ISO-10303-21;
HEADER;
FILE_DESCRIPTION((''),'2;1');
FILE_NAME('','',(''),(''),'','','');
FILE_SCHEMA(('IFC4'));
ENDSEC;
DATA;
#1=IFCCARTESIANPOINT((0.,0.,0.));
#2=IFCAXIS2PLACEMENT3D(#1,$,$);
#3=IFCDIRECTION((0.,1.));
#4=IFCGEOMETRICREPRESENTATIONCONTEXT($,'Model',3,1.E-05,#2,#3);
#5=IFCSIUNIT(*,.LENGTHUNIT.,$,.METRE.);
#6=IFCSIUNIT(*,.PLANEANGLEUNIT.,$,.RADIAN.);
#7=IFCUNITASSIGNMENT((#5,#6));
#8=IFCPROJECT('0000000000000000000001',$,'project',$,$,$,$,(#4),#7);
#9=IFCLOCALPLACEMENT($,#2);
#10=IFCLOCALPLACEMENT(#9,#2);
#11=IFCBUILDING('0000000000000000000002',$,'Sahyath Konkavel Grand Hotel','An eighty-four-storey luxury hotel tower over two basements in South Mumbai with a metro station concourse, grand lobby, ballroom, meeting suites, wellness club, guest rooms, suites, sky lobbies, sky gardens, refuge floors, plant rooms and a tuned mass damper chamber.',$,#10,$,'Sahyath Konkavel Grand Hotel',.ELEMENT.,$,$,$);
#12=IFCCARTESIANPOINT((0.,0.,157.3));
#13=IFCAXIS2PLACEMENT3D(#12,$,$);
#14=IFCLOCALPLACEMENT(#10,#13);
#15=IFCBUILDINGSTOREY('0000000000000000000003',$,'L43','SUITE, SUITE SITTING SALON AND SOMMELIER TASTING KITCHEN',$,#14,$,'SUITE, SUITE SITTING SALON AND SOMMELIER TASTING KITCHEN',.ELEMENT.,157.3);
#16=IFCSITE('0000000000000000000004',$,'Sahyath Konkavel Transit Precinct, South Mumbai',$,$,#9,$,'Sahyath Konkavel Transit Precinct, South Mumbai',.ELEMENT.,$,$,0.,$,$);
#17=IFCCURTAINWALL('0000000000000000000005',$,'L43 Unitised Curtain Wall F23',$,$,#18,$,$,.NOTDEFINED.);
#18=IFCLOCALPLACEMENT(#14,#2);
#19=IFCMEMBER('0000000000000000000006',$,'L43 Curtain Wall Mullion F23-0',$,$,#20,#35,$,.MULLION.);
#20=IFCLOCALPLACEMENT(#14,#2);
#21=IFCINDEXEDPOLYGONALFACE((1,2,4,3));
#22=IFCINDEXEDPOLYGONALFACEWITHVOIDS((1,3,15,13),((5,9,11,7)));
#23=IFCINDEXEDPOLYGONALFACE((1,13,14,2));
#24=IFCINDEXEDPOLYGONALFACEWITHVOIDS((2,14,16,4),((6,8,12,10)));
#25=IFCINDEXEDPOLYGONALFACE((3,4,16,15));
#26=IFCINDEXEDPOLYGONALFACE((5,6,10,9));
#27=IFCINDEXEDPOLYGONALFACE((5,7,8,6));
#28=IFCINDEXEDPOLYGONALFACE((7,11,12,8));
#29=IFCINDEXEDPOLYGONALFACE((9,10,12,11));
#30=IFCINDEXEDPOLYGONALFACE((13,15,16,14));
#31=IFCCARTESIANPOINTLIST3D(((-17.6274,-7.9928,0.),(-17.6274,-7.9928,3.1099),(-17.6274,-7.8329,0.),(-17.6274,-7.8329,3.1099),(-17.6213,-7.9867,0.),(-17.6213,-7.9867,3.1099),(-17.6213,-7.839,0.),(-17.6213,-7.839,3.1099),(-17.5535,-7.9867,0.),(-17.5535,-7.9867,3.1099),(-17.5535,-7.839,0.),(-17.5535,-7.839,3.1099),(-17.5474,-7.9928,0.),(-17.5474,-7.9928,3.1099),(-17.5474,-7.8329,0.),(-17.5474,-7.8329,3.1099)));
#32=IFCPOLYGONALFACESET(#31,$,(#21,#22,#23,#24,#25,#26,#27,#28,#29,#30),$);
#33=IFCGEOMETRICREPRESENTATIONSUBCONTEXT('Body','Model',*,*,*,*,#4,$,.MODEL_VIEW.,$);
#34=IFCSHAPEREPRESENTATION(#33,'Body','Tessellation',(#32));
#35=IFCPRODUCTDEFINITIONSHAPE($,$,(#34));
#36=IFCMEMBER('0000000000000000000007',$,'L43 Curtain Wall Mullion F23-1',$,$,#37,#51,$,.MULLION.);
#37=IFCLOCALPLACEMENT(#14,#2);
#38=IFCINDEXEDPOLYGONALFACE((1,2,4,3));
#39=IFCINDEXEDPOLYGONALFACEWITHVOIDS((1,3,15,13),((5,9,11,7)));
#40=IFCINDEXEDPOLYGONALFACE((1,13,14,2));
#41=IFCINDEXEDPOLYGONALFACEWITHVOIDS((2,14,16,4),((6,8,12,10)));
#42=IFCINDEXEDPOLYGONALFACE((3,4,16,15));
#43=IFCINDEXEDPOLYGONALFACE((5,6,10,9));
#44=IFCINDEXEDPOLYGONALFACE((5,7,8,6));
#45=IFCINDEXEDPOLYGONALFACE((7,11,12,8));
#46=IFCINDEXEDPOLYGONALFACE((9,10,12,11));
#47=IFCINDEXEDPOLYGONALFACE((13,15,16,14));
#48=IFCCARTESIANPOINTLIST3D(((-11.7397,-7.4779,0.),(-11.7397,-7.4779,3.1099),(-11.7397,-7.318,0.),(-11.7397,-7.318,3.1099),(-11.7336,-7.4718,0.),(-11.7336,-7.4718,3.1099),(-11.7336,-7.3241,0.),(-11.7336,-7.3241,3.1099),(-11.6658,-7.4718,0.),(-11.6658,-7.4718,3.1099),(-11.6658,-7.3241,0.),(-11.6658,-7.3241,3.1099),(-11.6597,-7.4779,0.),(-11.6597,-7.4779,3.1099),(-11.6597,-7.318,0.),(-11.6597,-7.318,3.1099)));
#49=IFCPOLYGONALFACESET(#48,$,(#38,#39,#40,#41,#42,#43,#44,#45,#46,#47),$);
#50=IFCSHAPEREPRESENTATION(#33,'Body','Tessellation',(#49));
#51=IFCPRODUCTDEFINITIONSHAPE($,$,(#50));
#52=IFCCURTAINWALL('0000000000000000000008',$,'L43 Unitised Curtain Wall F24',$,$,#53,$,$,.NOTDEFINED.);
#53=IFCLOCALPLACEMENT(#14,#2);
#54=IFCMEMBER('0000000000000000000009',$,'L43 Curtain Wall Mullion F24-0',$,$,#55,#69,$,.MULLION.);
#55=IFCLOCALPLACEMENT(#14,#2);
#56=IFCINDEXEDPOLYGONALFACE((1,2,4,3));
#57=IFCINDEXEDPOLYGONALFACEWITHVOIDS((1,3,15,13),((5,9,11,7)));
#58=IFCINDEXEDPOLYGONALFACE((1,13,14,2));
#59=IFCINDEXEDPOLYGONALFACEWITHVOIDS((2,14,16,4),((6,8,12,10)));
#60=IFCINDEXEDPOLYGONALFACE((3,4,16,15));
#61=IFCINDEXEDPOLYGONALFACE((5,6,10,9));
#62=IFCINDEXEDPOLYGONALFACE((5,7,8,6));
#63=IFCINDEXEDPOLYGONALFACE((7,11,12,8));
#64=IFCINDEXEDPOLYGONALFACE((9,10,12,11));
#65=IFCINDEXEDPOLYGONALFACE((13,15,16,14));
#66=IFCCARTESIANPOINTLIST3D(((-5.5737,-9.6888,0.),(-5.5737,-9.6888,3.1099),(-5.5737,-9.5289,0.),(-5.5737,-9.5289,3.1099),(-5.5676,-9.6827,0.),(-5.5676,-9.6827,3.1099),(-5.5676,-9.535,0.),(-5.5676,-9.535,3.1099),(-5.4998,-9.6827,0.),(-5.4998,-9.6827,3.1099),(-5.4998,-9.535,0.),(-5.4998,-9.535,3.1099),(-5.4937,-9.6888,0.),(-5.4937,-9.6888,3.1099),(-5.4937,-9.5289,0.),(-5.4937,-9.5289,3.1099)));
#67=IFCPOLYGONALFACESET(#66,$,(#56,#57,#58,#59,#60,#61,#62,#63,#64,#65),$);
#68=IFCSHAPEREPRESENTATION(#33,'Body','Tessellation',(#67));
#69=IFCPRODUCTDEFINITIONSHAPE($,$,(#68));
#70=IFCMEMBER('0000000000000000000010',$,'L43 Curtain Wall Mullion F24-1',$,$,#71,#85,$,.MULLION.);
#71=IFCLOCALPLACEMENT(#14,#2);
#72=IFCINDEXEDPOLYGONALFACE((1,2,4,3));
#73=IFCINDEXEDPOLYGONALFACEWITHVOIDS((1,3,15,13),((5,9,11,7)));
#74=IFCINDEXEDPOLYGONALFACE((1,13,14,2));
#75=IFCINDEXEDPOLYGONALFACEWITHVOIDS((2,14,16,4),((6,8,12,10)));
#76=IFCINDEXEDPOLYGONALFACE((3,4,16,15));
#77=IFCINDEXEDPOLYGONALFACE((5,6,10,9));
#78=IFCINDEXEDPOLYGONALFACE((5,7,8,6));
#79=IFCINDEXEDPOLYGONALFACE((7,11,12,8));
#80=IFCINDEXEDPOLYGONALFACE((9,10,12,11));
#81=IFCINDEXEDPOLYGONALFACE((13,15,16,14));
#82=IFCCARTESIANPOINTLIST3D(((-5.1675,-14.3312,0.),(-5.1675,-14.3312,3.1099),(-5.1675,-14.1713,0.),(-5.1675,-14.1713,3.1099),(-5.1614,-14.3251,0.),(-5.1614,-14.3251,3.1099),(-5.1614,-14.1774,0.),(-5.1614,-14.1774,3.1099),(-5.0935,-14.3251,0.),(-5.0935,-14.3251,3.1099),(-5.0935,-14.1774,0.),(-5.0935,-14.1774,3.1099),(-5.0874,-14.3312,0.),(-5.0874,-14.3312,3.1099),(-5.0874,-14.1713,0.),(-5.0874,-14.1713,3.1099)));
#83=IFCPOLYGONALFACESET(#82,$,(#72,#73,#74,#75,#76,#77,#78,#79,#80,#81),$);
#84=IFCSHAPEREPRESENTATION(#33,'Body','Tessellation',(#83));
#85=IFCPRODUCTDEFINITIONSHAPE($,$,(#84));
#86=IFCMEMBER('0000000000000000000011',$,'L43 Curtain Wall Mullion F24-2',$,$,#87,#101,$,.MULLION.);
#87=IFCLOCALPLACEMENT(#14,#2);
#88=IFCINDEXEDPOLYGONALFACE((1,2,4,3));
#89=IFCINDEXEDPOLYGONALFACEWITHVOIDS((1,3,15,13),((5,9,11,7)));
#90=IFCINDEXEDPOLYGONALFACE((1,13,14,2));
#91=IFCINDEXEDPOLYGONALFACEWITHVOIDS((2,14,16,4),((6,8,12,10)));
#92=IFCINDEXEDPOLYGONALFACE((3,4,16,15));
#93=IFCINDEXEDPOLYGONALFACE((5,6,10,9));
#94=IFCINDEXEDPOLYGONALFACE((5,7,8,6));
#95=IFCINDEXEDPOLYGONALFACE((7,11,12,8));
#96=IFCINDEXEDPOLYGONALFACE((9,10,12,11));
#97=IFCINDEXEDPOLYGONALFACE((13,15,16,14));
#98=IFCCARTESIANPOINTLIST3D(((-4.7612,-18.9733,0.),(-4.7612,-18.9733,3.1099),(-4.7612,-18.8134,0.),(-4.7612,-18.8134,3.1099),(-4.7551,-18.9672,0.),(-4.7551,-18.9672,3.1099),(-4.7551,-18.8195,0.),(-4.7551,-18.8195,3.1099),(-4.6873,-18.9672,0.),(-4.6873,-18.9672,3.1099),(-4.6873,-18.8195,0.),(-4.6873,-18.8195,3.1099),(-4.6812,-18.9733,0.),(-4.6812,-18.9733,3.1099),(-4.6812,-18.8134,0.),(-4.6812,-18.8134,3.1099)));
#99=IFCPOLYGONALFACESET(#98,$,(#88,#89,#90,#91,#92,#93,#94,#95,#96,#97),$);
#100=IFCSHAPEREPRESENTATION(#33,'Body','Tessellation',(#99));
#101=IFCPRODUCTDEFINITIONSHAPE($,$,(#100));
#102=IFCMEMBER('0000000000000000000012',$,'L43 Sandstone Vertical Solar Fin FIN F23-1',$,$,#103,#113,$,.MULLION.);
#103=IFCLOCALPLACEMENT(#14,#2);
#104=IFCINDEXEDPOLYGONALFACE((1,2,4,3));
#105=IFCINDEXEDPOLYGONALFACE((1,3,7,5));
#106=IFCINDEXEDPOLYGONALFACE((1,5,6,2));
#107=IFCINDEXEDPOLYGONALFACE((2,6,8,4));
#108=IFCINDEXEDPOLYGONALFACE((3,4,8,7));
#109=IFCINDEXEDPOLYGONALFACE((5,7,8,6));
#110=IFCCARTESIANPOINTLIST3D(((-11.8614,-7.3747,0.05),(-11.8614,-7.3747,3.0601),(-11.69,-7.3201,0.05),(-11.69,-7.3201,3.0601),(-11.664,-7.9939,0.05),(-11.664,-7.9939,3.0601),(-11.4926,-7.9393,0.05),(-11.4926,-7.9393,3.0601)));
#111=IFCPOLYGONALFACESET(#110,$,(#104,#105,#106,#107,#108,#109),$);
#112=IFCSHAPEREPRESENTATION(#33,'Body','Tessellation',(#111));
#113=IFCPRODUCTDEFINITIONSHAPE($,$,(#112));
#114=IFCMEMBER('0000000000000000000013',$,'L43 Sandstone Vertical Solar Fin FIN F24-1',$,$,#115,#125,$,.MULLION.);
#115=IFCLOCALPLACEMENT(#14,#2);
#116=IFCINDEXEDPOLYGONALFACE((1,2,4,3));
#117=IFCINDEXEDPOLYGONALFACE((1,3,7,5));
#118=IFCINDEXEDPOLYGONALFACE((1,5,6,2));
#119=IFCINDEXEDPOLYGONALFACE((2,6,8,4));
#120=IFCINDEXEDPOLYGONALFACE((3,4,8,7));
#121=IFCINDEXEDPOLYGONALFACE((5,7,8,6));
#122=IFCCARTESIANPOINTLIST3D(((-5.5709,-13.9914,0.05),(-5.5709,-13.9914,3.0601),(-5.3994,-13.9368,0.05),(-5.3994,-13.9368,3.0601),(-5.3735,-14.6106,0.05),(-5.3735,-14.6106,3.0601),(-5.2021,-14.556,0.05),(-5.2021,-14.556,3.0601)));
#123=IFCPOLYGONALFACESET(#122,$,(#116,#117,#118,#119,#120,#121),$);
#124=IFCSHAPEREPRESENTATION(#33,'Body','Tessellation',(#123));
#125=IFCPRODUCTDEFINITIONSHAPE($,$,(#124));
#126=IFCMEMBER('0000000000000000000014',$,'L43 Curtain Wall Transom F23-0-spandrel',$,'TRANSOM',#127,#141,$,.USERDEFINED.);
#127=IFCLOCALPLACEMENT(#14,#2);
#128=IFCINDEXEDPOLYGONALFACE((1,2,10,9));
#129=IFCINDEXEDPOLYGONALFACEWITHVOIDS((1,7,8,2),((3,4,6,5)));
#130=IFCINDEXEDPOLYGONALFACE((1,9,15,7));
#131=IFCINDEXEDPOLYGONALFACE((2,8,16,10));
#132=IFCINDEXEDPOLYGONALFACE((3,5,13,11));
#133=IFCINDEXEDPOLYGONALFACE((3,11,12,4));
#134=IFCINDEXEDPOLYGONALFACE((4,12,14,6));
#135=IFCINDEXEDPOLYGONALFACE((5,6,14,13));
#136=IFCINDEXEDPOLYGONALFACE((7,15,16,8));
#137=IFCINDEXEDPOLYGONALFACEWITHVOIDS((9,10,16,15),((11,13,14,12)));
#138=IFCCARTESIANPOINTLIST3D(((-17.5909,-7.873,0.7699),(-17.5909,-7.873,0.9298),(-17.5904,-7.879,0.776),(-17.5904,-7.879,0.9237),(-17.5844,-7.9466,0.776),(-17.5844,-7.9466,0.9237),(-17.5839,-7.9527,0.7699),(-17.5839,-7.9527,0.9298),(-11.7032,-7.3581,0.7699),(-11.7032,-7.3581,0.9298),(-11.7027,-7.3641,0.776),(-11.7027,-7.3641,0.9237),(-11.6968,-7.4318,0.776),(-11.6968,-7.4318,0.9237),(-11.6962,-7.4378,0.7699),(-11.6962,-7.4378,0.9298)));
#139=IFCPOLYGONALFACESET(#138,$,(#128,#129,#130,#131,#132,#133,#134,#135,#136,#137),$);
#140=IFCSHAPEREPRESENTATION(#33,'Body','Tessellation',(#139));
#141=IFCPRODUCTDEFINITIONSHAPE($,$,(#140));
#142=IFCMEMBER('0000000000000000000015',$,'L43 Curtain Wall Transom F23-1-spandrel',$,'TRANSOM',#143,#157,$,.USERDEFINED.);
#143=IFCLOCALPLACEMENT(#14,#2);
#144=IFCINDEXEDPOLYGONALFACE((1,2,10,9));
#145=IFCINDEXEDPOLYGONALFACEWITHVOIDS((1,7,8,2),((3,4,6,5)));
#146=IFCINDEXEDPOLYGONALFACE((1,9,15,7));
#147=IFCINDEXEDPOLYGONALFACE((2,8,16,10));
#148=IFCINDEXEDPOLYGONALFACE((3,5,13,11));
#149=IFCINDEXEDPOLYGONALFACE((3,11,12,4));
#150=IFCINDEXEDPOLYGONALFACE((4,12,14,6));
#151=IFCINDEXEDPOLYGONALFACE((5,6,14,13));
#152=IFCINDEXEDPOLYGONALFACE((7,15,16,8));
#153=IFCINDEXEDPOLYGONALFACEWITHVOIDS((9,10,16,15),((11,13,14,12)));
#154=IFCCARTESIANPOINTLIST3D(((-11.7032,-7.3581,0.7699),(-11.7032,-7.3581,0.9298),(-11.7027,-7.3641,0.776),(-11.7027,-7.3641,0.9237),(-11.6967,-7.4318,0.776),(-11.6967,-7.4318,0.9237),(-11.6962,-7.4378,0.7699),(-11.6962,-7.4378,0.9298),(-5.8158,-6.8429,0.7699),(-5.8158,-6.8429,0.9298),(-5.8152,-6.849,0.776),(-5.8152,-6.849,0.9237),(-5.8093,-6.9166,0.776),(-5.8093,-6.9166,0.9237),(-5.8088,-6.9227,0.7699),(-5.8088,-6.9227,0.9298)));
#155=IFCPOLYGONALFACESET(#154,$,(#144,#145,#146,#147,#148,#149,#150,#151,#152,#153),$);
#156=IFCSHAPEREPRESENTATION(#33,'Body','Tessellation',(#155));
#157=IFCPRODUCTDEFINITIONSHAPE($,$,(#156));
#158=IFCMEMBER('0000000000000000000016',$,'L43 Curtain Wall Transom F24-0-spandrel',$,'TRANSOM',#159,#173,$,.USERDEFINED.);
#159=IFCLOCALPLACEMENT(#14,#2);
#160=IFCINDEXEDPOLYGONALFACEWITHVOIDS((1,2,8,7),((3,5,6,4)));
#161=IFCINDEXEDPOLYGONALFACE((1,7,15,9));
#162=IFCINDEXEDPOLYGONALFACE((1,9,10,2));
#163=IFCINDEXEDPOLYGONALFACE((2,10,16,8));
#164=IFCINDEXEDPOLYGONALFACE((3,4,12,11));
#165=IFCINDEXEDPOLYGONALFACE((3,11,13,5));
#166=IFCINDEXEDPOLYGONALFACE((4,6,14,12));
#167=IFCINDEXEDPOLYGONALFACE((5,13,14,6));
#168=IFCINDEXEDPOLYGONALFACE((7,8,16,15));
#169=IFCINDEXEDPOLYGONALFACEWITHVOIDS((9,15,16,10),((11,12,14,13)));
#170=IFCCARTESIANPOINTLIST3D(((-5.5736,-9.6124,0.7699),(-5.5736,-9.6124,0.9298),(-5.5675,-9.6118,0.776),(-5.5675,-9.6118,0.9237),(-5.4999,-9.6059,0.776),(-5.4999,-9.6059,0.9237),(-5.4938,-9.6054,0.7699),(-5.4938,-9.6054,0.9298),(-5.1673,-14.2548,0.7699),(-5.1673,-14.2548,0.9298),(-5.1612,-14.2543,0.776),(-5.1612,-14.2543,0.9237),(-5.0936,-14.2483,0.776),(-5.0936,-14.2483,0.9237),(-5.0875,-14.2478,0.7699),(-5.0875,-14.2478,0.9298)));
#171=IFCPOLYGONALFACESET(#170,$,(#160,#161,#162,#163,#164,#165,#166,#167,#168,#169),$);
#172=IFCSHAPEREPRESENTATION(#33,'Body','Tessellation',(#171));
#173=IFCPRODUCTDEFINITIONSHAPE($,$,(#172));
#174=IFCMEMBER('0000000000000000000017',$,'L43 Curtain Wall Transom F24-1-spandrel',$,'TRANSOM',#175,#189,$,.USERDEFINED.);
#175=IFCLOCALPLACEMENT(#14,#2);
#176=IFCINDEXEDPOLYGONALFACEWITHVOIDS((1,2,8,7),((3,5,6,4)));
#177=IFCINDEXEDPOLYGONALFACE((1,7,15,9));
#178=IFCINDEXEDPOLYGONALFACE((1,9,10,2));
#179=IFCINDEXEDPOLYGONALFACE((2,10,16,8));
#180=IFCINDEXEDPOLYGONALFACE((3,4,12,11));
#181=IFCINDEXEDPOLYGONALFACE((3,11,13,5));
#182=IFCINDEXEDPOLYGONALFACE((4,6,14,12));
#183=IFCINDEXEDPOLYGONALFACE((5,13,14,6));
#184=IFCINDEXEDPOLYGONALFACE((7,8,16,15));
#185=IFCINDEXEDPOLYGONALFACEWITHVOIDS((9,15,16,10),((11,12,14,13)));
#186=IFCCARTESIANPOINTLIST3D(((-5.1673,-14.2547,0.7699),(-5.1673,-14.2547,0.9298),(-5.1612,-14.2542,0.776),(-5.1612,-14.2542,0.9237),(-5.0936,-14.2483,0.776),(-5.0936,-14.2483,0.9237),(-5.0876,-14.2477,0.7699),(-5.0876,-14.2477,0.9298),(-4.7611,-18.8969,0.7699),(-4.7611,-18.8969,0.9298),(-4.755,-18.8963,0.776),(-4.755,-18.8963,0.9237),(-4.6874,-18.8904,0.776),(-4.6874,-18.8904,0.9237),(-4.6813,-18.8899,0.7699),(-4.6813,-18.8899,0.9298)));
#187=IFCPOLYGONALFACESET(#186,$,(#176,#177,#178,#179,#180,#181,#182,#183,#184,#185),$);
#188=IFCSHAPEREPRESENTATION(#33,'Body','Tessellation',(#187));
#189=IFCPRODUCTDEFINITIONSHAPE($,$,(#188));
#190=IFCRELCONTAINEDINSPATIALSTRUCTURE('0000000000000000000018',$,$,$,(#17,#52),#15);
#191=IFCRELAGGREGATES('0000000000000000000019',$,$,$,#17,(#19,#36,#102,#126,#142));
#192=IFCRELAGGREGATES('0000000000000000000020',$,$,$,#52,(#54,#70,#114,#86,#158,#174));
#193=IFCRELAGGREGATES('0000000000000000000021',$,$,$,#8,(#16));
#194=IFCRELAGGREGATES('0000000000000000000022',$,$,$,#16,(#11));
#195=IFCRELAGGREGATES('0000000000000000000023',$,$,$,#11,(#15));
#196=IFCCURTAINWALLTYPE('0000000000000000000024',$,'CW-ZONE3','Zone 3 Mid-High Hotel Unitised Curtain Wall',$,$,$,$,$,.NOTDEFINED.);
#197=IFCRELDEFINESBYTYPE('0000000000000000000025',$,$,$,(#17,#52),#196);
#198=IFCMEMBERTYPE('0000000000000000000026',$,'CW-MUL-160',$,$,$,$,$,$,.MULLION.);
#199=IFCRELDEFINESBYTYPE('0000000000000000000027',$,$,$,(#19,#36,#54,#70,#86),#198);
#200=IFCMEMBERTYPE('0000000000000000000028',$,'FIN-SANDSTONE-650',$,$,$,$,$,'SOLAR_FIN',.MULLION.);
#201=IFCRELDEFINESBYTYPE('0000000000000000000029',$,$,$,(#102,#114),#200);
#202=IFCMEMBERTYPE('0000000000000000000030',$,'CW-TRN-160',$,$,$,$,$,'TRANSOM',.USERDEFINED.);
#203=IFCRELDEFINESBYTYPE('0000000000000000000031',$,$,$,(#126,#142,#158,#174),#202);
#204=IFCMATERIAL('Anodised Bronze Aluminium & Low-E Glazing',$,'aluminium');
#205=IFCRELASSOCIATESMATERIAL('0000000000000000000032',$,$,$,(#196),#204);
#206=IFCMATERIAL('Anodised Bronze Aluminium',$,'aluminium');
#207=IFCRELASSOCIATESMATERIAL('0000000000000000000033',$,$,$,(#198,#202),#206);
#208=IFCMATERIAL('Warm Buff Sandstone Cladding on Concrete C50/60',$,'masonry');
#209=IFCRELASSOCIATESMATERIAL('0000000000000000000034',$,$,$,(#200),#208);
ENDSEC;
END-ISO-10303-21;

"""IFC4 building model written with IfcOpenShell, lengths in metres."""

from ifc_helpers import new_model, si_unit, direction, frame, origin, origin_2d, place, context, subcontext, project, spatial, rectangle, hollow_rectangle, extrude, source, transform, mapped, material, material_profile, profile_set, type_object, element, aggregate, save


model = new_model("IFC4")

# Units and contexts
model_context = context("Model", 3, precision=1e-05, world=origin(), true_north=direction((0.0, 1.0)))
body_context = subcontext(model_context, "Body", "Model", "MODEL_VIEW")
ifc_project = project(units=[si_unit("LENGTHUNIT", "METRE"), si_unit("PLANEANGLEUNIT", "RADIAN")], contexts=[model_context])

# Site, building, storey
site_placement = place(None, origin())
site = spatial("IfcSite", under=ifc_project, at=site_placement, Name="Sahyath Konkavel Transit Precinct, South Mumbai", LongName="Sahyath Konkavel Transit Precinct, South Mumbai", CompositionType="ELEMENT", RefElevation=0.0)
building_placement = place(site_placement, origin())
building = spatial("IfcBuilding", under=site, at=building_placement, Name="Sahyath Konkavel Grand Hotel", Description="An eighty-four-storey luxury hotel tower over two basements in South Mumbai with a metro station concourse, grand lobby, ballroom, meeting suites, wellness club, guest rooms, suites, sky lobbies, sky gardens, refuge floors, plant rooms and a tuned mass damper chamber.", LongName="Sahyath Konkavel Grand Hotel", CompositionType="ELEMENT")
storey_placement = place(building_placement, frame((0.0, 0.0, 157.3)))
storey = spatial("IfcBuildingStorey", under=building, at=storey_placement, Name="L43", Description="SUITE, SUITE SITTING SALON AND SOMMELIER TASTING KITCHEN", LongName="SUITE, SUITE SITTING SALON AND SOMMELIER TASTING KITCHEN", CompositionType="ELEMENT", Elevation=157.3)

# Curtain walls, members
ifc_material_1 = material(Name="Anodised Bronze Aluminium & Low-E Glazing", Category="aluminium")
curtain_wall_type = type_object("IfcCurtainWallType", Name="CW-ZONE3", Description="Zone 3 Mid-High Hotel Unitised Curtain Wall", PredefinedType="NOTDEFINED", material=ifc_material_1)
curtain_wall_1_placement = place(storey_placement, origin())
curtain_wall_1 = element("IfcCurtainWall", 1, at=curtain_wall_1_placement, inside=storey, type_object=curtain_wall_type, Name="L43 Unitised Curtain Wall F23", PredefinedType="NOTDEFINED")
ifc_material_2 = material(Name="Anodised Bronze Aluminium", Category="aluminium")
ifc_material_profile_1 = material_profile(ifc_material_2, hollow_rectangle(XDim=0.0801, YDim=0.1599, WallThickness=0.0061, at=origin_2d()), Name="RHS 160x80x6")
ifc_profile_set_1 = profile_set([ifc_material_profile_1], Name="Anodised Bronze Aluminium")
member_type_1 = type_object("IfcMemberType", Name="CW-MUL-160", PredefinedType="MULLION", material=ifc_profile_set_1)
shared_shape_1 = source(origin(), body_context, "Body", "SweptSolid", [
    extrude(hollow_rectangle(XDim=0.0801, YDim=0.1599, WallThickness=0.0061, at=origin_2d()), origin(), (0.0, 0.0, 1.0), 3.1099),
])
member_1_placement = place(storey_placement, frame((-17.5874, -7.9128, 0.0), z_axis=(0.0, 0.0, 1.0), x_axis=(1.0, 0.0, 0.0)))
member_1 = element("IfcMember", 2, at=member_1_placement, type_object=member_type_1, Name="L43 Curtain Wall Mullion F23-0", PredefinedType="MULLION", context=body_context, shape_type="MappedRepresentation", body=[
    mapped(shared_shape_1, transform((0.0, 0.0, 0.0), scale=1.0)),
])
member_2_placement = place(storey_placement, frame((-11.6997, -7.3979, 0.0), z_axis=(0.0, 0.0, 1.0), x_axis=(1.0, 0.0, 0.0)))
member_2 = element("IfcMember", 3, at=member_2_placement, type_object=member_type_1, Name="L43 Curtain Wall Mullion F23-1", PredefinedType="MULLION", context=body_context, shape_type="MappedRepresentation", body=[
    mapped(shared_shape_1, transform((0.0, 0.0, 0.0), scale=1.0)),
])
curtain_wall_2_placement = place(storey_placement, origin())
curtain_wall_2 = element("IfcCurtainWall", 4, at=curtain_wall_2_placement, inside=storey, type_object=curtain_wall_type, Name="L43 Unitised Curtain Wall F24", PredefinedType="NOTDEFINED")
member_3_placement = place(storey_placement, frame((-5.5337, -9.6089, 0.0), z_axis=(0.0, 0.0, 1.0), x_axis=(1.0, 0.0, 0.0)))
member_3 = element("IfcMember", 5, at=member_3_placement, type_object=member_type_1, Name="L43 Curtain Wall Mullion F24-0", PredefinedType="MULLION", context=body_context, shape_type="MappedRepresentation", body=[
    mapped(shared_shape_1, transform((0.0, 0.0, 0.0), scale=1.0)),
])
member_4_placement = place(storey_placement, frame((-5.1274, -14.2512, 0.0), z_axis=(0.0, 0.0, 1.0), x_axis=(1.0, 0.0, 0.0)))
member_4 = element("IfcMember", 6, at=member_4_placement, type_object=member_type_1, Name="L43 Curtain Wall Mullion F24-1", PredefinedType="MULLION", context=body_context, shape_type="MappedRepresentation", body=[
    mapped(shared_shape_1, transform((0.0, 0.0, 0.0), scale=1.0)),
])
member_5_placement = place(storey_placement, frame((-4.7212, -18.8933, 0.0), z_axis=(0.0, 0.0, 1.0), x_axis=(1.0, 0.0, 0.0)))
member_5 = element("IfcMember", 7, at=member_5_placement, type_object=member_type_1, Name="L43 Curtain Wall Mullion F24-2", PredefinedType="MULLION", context=body_context, shape_type="MappedRepresentation", body=[
    mapped(shared_shape_1, transform((0.0, 0.0, 0.0), scale=1.0)),
])

# Members
ifc_material_3 = material(Name="Warm Buff Sandstone Cladding on Concrete C50/60", Category="masonry")
ifc_material_profile_2 = material_profile(ifc_material_3, rectangle(XDim=0.1799, YDim=0.6499, at=origin_2d()), Name="FIN 180x650")
ifc_profile_set_2 = profile_set([ifc_material_profile_2], Name="Warm Buff Sandstone Cladding on Concrete C50/60")
member_type_2 = type_object("IfcMemberType", Name="FIN-SANDSTONE-650", ElementType="SOLAR_FIN", PredefinedType="MULLION", material=ifc_profile_set_2)
shared_shape_2 = source(origin(), body_context, "Body", "SweptSolid", [
    extrude(rectangle(XDim=0.1799, YDim=0.6499, at=origin_2d()), origin(), (0.0, 0.0, 1.0), 3.01),
])
member_6_placement = place(storey_placement, frame((-11.677, -7.657, 0.05), z_axis=(0.0, 0.0, 1.0), x_axis=(0.952768, 0.303701, 0.0)))
member_6 = element("IfcMember", 8, at=member_6_placement, type_object=member_type_2, Name="L43 Sandstone Vertical Solar Fin FIN F23-1", PredefinedType="MULLION", context=body_context, shape_type="MappedRepresentation", body=[
    mapped(shared_shape_2, transform((0.0, 0.0, 0.0), scale=1.0)),
])
member_7_placement = place(storey_placement, frame((-5.3865, -14.2737, 0.05), z_axis=(0.0, 0.0, 1.0), x_axis=(0.952768, 0.303701, 0.0)))
member_7 = element("IfcMember", 9, at=member_7_placement, type_object=member_type_2, Name="L43 Sandstone Vertical Solar Fin FIN F24-1", PredefinedType="MULLION", context=body_context, shape_type="MappedRepresentation", body=[
    mapped(shared_shape_2, transform((0.0, 0.0, 0.0), scale=1.0)),
])
ifc_material_profile_3 = material_profile(ifc_material_2, hollow_rectangle(XDim=0.0801, YDim=0.1599, WallThickness=0.0061, at=origin_2d()), Name="RHS 160x80x6")
ifc_profile_set_3 = profile_set([ifc_material_profile_3], Name="Anodised Bronze Aluminium")
member_type_3 = type_object("IfcMemberType", Name="CW-TRN-160", ElementType="TRANSOM", PredefinedType="USERDEFINED", material=ifc_profile_set_3)
shared_shape_3 = source(origin(), body_context, "Body", "SweptSolid", [
    extrude(hollow_rectangle(XDim=0.0801, YDim=0.1599, WallThickness=0.0061, at=origin_2d()), origin(), (0.0, 0.0, 1.0), 5.9102),
])
member_8_placement = place(storey_placement, frame((-17.5874, -7.9128, 0.8499), z_axis=(0.996198, 0.08712, 0.0), x_axis=(-0.08712, 0.996198, 0.0)))
member_8 = element("IfcMember", 10, at=member_8_placement, type_object=member_type_3, Name="L43 Curtain Wall Transom F23-0-spandrel", ObjectType="TRANSOM", PredefinedType="USERDEFINED", context=body_context, shape_type="MappedRepresentation", body=[
    mapped(shared_shape_3, transform((0.0, 0.0, 0.0), scale=1.0)),
])
shared_shape_4 = source(origin(), body_context, "Body", "SweptSolid", [
    extrude(hollow_rectangle(XDim=0.0801, YDim=0.1599, WallThickness=0.0061, at=origin_2d()), origin(), (0.0, 0.0, 1.0), 5.9099),
])
member_9_placement = place(storey_placement, frame((-11.6997, -7.3979, 0.8499), z_axis=(0.996194, 0.087164, 0.0), x_axis=(-0.087164, 0.996194, 0.0)))
member_9 = element("IfcMember", 11, at=member_9_placement, type_object=member_type_3, Name="L43 Curtain Wall Transom F23-1-spandrel", ObjectType="TRANSOM", PredefinedType="USERDEFINED", context=body_context, shape_type="MappedRepresentation", body=[
    mapped(shared_shape_4, transform((0.0, 0.0, 0.0), scale=1.0)),
])
shared_shape_5 = source(origin(), body_context, "Body", "SweptSolid", [
    extrude(hollow_rectangle(XDim=0.0801, YDim=0.1599, WallThickness=0.0061, at=origin_2d()), origin(), (0.0, 0.0, 1.0), 4.6602),
])
member_10_placement = place(storey_placement, frame((-5.5337, -9.6089, 0.8499), z_axis=(0.087177, -0.996193, 0.0), x_axis=(0.996193, 0.087177, 0.0)))
member_10 = element("IfcMember", 12, at=member_10_placement, type_object=member_type_3, Name="L43 Curtain Wall Transom F24-0-spandrel", ObjectType="TRANSOM", PredefinedType="USERDEFINED", context=body_context, shape_type="MappedRepresentation", body=[
    mapped(shared_shape_5, transform((0.0, 0.0, 0.0), scale=1.0)),
])
shared_shape_6 = source(origin(), body_context, "Body", "SweptSolid", [
    extrude(hollow_rectangle(XDim=0.0801, YDim=0.1599, WallThickness=0.0061, at=origin_2d()), origin(), (0.0, 0.0, 1.0), 4.6599),
])
member_11_placement = place(storey_placement, frame((-5.1274, -14.2512, 0.8499), z_axis=(0.087181, -0.996192, 0.0), x_axis=(0.996192, 0.087181, 0.0)))
member_11 = element("IfcMember", 13, at=member_11_placement, type_object=member_type_3, Name="L43 Curtain Wall Transom F24-1-spandrel", ObjectType="TRANSOM", PredefinedType="USERDEFINED", context=body_context, shape_type="MappedRepresentation", body=[
    mapped(shared_shape_6, transform((0.0, 0.0, 0.0), scale=1.0)),
])

aggregate(curtain_wall_1, [member_1, member_2, member_6, member_8, member_9])
aggregate(curtain_wall_2, [member_3, member_4, member_7, member_5, member_10, member_11])

save(model, "model.ifc")
